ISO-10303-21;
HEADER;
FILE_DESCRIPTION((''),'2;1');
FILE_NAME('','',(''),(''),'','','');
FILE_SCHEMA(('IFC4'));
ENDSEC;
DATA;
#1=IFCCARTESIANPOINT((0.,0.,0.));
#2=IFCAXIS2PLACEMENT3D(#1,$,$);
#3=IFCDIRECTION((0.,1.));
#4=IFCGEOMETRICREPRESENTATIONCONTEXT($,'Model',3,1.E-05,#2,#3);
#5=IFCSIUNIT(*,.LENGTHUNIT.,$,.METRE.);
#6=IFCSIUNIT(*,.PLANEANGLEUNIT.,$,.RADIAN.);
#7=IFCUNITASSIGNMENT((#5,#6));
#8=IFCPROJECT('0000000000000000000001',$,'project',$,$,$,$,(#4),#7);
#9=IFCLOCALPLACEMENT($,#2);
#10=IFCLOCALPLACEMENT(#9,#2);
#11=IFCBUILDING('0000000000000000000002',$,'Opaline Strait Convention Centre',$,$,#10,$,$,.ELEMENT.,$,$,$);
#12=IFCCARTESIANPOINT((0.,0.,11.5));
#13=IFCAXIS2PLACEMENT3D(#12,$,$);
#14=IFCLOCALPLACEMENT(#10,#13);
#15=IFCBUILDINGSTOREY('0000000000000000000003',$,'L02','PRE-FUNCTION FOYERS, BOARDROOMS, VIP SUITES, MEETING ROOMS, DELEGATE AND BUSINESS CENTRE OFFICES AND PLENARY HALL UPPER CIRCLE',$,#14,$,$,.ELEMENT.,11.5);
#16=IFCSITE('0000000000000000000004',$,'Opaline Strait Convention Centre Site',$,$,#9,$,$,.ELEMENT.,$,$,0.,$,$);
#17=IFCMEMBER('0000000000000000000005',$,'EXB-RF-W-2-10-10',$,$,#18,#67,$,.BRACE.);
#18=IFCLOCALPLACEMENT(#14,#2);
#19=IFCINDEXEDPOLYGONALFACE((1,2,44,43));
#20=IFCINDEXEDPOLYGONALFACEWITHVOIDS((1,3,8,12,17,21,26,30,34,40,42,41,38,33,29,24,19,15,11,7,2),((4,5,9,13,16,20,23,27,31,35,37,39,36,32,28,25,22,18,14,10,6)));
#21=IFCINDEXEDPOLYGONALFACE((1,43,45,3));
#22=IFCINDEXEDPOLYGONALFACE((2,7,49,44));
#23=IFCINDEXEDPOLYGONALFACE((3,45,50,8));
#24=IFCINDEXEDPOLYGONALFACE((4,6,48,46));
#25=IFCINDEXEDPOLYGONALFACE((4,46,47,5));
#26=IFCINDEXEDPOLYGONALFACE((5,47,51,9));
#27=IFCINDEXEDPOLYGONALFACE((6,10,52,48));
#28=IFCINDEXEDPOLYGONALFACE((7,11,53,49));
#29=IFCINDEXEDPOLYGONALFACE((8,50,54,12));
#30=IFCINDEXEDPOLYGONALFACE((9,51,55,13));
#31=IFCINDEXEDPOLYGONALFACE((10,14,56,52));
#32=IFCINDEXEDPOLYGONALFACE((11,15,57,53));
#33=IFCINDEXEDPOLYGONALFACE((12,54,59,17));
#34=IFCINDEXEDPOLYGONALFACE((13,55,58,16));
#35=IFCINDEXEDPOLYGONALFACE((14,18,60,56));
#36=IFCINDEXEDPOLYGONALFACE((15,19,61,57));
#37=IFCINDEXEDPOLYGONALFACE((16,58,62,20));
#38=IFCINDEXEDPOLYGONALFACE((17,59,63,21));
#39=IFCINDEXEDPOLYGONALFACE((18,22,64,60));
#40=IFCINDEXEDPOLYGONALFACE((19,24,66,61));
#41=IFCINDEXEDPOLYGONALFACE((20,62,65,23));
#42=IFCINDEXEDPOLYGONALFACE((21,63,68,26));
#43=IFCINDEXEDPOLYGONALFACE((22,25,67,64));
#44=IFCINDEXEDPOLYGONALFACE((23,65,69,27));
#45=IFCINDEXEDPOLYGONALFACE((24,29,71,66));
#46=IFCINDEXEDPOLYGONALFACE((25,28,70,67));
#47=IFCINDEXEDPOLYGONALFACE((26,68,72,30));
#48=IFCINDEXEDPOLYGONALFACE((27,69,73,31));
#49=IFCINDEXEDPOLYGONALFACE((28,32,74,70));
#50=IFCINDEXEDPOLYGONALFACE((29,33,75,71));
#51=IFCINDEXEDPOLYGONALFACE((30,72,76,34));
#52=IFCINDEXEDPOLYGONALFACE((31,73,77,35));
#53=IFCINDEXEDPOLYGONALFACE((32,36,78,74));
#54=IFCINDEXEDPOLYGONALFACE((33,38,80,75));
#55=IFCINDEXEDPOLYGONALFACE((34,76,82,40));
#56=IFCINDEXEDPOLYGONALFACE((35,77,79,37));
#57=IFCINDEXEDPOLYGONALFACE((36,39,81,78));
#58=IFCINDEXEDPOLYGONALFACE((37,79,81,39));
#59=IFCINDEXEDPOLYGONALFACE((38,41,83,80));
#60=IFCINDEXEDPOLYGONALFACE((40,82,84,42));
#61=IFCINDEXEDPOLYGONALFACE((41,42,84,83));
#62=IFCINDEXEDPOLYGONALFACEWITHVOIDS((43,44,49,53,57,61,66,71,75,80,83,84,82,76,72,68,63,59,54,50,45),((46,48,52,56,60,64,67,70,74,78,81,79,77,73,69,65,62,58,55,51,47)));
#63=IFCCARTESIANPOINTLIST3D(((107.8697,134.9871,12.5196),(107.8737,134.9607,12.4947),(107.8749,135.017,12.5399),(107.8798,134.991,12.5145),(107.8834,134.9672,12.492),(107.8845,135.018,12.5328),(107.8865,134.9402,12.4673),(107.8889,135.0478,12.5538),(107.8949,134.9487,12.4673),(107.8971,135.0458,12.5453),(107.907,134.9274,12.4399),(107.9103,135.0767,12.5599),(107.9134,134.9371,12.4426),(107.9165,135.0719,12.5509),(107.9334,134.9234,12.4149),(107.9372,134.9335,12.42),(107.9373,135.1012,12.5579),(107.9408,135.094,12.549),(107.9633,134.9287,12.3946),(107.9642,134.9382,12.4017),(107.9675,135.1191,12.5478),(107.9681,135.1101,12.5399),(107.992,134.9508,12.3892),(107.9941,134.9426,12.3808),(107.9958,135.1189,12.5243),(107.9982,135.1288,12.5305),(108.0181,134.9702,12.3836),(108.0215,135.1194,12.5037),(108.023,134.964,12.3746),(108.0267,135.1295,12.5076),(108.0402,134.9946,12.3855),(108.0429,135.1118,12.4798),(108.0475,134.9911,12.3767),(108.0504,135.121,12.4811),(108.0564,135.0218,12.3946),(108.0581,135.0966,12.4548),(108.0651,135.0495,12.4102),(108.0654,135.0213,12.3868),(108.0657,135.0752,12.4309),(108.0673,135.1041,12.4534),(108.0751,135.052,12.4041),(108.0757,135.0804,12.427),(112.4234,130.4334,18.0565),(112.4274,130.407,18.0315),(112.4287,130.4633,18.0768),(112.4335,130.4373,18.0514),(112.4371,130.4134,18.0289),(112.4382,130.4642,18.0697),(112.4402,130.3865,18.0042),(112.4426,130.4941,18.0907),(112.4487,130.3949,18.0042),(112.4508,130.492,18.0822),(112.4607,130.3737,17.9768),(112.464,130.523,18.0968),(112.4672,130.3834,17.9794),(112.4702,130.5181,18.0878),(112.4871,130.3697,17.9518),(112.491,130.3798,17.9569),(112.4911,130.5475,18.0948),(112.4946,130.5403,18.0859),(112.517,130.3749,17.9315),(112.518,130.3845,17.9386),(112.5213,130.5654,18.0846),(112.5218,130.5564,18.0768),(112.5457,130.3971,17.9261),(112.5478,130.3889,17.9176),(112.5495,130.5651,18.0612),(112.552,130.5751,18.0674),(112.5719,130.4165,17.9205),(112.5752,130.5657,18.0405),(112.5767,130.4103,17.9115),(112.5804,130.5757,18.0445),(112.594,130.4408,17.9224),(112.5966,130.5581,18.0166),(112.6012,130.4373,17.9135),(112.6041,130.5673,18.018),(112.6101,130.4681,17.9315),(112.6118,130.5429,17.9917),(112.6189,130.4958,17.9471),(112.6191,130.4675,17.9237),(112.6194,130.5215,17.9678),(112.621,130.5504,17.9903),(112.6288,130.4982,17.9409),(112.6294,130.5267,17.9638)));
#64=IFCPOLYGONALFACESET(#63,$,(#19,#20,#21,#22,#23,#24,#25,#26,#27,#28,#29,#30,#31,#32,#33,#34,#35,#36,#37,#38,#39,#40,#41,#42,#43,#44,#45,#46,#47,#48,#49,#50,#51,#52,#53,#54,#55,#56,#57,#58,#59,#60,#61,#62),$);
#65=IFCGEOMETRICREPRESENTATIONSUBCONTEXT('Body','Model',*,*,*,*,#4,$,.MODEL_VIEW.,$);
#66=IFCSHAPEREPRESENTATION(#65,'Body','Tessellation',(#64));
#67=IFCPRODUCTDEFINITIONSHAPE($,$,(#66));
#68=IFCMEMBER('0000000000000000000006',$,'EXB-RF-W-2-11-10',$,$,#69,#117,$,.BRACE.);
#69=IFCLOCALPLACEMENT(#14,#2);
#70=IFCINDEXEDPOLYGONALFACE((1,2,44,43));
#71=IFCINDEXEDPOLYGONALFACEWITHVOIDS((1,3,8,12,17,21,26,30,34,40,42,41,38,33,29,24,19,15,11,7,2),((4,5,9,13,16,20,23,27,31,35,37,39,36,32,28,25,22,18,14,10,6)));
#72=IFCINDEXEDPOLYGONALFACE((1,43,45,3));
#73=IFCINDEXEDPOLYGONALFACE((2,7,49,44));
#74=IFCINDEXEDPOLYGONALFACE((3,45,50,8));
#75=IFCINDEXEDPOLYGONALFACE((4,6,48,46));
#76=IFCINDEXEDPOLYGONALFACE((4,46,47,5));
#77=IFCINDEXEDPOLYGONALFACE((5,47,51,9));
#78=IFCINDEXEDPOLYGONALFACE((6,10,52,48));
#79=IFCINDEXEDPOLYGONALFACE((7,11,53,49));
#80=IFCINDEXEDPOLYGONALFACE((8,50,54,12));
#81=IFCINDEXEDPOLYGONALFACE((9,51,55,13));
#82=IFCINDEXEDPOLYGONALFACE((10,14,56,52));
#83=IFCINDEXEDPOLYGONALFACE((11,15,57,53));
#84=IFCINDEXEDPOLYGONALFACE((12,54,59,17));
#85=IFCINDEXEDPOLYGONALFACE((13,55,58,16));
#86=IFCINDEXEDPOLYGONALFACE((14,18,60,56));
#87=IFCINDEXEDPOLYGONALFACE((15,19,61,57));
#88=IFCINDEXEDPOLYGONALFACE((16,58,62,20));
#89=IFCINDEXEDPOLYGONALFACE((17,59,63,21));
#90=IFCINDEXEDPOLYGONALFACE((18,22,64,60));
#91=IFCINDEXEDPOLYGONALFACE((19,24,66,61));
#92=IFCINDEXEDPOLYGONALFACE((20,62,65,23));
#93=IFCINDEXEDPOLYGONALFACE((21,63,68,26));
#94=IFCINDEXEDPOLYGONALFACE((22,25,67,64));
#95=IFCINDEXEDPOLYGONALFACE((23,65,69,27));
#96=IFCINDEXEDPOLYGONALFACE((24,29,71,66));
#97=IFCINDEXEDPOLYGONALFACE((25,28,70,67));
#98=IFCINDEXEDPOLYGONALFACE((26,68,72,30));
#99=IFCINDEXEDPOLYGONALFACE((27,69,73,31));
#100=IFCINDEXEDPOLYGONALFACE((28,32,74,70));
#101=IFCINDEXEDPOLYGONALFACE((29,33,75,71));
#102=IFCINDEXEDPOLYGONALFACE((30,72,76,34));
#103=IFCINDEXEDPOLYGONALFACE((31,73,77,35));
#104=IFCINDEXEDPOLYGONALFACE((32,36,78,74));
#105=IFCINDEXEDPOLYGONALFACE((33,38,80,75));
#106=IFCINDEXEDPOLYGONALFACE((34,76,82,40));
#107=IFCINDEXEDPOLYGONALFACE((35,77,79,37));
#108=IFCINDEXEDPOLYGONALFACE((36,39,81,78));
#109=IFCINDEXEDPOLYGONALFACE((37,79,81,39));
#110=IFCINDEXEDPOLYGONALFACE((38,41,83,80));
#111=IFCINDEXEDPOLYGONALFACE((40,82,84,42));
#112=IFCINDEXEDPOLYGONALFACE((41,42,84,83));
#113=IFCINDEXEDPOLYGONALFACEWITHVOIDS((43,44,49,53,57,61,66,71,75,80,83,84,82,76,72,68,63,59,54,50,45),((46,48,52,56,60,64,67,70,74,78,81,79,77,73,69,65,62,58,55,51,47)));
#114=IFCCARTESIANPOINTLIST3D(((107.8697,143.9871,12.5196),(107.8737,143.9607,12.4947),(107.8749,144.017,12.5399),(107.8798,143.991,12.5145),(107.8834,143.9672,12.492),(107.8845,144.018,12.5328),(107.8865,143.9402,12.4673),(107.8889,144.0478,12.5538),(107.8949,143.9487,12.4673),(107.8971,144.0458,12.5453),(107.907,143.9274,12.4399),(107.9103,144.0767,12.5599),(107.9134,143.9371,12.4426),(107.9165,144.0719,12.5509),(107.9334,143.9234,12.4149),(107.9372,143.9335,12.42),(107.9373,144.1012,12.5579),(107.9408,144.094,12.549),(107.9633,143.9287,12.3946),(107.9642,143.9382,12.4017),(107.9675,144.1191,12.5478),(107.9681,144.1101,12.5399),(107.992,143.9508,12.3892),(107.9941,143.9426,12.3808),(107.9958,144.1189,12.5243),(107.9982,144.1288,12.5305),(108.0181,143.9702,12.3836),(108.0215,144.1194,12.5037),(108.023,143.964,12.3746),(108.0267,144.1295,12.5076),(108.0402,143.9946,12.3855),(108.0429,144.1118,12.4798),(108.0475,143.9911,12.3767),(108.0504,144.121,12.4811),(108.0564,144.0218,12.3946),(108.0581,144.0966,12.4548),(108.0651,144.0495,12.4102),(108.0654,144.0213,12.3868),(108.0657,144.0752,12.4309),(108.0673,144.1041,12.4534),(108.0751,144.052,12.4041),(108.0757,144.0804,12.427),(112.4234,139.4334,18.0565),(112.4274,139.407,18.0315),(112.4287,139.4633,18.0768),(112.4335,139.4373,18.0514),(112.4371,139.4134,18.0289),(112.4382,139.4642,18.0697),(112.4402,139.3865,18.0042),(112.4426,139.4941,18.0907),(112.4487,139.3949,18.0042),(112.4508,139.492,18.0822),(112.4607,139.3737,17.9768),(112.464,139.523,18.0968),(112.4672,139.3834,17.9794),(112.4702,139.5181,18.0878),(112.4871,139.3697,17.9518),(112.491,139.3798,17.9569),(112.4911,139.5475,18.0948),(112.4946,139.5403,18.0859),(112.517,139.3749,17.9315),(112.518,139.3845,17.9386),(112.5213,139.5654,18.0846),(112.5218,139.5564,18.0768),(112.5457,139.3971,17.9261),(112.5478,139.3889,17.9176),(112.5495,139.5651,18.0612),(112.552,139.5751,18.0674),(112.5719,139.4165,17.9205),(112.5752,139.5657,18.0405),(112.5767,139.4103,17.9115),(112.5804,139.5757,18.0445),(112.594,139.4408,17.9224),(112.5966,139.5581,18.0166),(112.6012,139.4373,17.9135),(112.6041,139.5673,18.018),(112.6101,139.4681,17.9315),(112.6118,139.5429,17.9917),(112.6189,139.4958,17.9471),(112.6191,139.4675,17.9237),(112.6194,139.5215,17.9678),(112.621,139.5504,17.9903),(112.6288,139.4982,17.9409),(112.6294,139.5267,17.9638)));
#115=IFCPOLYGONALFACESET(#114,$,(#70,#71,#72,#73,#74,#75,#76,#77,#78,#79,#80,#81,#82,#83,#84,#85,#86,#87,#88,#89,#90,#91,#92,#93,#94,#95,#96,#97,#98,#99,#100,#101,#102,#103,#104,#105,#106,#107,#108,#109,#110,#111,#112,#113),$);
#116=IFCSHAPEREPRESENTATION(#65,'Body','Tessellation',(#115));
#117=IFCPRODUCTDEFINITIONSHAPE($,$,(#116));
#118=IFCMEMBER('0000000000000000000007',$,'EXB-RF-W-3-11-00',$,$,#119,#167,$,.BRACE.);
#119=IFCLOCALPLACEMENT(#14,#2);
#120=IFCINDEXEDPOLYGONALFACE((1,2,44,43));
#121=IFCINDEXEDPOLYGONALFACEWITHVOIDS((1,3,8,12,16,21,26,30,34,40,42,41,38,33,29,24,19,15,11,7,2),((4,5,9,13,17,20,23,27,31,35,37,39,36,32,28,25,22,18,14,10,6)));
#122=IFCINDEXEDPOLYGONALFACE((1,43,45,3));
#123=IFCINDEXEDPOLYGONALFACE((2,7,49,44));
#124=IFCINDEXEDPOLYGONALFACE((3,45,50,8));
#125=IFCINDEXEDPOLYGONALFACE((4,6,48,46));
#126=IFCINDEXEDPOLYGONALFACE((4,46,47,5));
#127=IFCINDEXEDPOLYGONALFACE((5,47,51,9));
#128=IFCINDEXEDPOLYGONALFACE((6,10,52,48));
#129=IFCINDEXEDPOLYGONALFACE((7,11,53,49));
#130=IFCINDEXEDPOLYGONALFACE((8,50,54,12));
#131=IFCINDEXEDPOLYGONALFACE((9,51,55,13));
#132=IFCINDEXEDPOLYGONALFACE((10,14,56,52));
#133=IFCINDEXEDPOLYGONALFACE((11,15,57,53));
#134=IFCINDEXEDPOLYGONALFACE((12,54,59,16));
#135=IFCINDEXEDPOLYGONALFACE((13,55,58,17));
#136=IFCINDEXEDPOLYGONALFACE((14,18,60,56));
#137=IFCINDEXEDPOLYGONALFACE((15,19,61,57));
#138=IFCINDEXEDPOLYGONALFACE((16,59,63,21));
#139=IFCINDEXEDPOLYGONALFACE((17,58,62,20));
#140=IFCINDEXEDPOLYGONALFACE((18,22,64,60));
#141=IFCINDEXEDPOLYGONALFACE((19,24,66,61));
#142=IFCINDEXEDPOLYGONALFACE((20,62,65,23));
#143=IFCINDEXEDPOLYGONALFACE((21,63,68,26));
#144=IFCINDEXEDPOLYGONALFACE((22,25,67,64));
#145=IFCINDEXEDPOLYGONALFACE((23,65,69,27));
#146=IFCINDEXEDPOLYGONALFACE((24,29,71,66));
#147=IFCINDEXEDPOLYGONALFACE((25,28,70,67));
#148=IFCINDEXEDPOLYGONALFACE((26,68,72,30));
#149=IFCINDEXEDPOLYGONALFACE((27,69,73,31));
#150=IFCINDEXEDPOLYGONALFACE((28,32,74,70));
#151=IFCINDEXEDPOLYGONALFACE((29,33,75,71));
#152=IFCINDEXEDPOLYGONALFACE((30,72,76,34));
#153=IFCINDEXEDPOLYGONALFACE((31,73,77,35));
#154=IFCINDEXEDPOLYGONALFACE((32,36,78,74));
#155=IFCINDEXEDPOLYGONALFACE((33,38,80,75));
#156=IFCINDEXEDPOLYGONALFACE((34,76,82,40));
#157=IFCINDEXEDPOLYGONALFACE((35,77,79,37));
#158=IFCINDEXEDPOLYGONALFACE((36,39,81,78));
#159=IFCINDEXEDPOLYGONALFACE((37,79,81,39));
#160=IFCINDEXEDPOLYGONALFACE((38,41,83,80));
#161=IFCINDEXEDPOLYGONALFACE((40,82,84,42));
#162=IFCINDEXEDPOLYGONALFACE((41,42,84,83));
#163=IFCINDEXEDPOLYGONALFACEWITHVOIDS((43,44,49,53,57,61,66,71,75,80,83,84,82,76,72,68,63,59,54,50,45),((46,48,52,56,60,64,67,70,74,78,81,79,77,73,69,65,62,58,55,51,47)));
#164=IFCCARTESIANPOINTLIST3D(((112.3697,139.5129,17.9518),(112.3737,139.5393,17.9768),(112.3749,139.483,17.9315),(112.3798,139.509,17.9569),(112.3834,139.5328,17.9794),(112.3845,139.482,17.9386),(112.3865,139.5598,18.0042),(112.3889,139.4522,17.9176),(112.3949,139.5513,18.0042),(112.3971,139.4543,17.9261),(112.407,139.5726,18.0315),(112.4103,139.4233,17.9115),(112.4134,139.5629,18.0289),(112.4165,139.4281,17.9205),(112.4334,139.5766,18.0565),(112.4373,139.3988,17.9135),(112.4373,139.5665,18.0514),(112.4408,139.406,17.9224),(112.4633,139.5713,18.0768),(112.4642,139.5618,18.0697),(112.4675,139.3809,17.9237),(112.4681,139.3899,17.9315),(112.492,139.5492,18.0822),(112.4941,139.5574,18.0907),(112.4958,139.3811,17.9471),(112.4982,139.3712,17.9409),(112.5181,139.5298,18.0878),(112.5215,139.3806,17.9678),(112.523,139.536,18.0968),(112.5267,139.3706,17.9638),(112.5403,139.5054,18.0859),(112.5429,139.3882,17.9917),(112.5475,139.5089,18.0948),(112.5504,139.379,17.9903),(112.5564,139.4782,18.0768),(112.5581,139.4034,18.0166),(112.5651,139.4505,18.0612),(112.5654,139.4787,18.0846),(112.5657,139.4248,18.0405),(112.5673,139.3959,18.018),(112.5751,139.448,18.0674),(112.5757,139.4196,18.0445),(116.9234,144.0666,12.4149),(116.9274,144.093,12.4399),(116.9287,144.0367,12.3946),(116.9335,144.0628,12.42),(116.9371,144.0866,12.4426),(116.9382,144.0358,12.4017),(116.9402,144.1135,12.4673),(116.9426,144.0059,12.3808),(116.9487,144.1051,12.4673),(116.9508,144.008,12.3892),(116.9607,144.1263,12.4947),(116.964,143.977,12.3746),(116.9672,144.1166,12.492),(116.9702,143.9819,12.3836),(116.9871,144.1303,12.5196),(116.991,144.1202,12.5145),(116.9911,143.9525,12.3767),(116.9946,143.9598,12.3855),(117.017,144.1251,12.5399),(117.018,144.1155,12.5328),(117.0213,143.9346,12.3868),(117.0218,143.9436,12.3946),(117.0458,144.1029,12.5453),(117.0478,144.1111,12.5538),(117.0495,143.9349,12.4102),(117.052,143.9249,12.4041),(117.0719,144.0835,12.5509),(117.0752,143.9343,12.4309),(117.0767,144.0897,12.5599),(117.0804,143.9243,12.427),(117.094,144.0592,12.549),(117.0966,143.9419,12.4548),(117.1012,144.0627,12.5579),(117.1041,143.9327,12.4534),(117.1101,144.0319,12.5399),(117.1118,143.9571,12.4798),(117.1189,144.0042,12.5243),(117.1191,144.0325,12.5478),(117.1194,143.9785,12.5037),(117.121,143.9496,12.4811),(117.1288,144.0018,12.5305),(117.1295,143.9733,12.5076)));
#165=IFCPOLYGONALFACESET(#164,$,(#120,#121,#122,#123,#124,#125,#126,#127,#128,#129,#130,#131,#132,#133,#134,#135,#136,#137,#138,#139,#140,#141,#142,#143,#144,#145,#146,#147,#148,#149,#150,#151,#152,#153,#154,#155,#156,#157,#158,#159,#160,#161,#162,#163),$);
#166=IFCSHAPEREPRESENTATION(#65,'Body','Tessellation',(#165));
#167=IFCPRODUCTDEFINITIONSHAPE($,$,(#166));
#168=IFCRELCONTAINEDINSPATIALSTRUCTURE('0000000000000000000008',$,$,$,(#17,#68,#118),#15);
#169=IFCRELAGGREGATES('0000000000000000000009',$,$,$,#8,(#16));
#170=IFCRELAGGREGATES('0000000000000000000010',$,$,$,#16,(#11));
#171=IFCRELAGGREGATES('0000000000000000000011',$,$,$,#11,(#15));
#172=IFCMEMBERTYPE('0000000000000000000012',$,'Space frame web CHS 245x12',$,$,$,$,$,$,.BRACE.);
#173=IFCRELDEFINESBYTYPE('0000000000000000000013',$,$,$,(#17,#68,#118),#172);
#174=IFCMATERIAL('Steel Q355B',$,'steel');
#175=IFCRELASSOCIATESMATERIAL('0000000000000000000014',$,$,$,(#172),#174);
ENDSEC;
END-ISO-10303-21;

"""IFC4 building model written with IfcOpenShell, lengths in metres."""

from ifc_helpers import new_model, si_unit, direction, frame, origin, origin_2d, place, context, subcontext, project, spatial, hollow_circle, extrude, material, material_profile, profile_set, type_object, element, save


model = new_model("IFC4")

# Units and contexts
model_context = context("Model", 3, precision=1e-05, world=origin(), true_north=direction((0.0, 1.0)))
body_context = subcontext(model_context, "Body", "Model", "MODEL_VIEW")
ifc_project = project(units=[si_unit("LENGTHUNIT", "METRE"), si_unit("PLANEANGLEUNIT", "RADIAN")], contexts=[model_context])

# Site, building, storey
site_placement = place(None, origin())
site = spatial("IfcSite", under=ifc_project, at=site_placement, Name="Opaline Strait Convention Centre Site", CompositionType="ELEMENT", RefElevation=0.0)
building_placement = place(site_placement, origin())
building = spatial("IfcBuilding", under=site, at=building_placement, Name="Opaline Strait Convention Centre", CompositionType="ELEMENT")
storey_placement = place(building_placement, frame((0.0, 0.0, 11.5)))
storey = spatial("IfcBuildingStorey", under=building, at=storey_placement, Name="L02", Description="PRE-FUNCTION FOYERS, BOARDROOMS, VIP SUITES, MEETING ROOMS, DELEGATE AND BUSINESS CENTRE OFFICES AND PLENARY HALL UPPER CIRCLE", CompositionType="ELEMENT", Elevation=11.5)

# Members
ifc_material = material(Name="Steel Q355B", Category="steel")
ifc_material_profile_1 = material_profile(ifc_material, hollow_circle(Radius=0.1226, WallThickness=0.012, at=origin_2d()), Name="CHS 245x12")
ifc_profile_set_1 = profile_set([ifc_material_profile_1], Name="Steel Q355B")
member_type_1 = type_object("IfcMemberType", Name="Space frame web CHS 245x12", PredefinedType="BRACE", material=ifc_profile_set_1)
for number, where, z_axis, x_axis, name in (
    (1, (112.5269, 130.4731, 18.0042), (-0.536178, 0.536178, -0.65194), (-0.707107, -0.707107, 0.0), "EXB-RF-W-2-10-10"),
    (2, (112.5269, 139.4731, 18.0042), (-0.536178, 0.536178, -0.65194), (-0.707107, -0.707107, 0.0), "EXB-RF-W-2-11-10"),
    (3, (112.4731, 139.4731, 18.0042), (0.536178, 0.536178, -0.65194), (-0.707107, 0.707107, 0.0), "EXB-RF-W-3-11-00"),
):
    element("IfcMember", number, at=place(storey_placement, frame(where, z_axis=z_axis, x_axis=x_axis)), inside=storey, type_object=member_type_1, Name=name, PredefinedType="BRACE", context=body_context, shape_type="SweptSolid", body=[
        extrude(hollow_circle(Radius=0.1226, WallThickness=0.012, at=origin_2d()), origin(), (0.0, 0.0, 1.0), 8.4929),
    ])

save(model, "model.ifc")
